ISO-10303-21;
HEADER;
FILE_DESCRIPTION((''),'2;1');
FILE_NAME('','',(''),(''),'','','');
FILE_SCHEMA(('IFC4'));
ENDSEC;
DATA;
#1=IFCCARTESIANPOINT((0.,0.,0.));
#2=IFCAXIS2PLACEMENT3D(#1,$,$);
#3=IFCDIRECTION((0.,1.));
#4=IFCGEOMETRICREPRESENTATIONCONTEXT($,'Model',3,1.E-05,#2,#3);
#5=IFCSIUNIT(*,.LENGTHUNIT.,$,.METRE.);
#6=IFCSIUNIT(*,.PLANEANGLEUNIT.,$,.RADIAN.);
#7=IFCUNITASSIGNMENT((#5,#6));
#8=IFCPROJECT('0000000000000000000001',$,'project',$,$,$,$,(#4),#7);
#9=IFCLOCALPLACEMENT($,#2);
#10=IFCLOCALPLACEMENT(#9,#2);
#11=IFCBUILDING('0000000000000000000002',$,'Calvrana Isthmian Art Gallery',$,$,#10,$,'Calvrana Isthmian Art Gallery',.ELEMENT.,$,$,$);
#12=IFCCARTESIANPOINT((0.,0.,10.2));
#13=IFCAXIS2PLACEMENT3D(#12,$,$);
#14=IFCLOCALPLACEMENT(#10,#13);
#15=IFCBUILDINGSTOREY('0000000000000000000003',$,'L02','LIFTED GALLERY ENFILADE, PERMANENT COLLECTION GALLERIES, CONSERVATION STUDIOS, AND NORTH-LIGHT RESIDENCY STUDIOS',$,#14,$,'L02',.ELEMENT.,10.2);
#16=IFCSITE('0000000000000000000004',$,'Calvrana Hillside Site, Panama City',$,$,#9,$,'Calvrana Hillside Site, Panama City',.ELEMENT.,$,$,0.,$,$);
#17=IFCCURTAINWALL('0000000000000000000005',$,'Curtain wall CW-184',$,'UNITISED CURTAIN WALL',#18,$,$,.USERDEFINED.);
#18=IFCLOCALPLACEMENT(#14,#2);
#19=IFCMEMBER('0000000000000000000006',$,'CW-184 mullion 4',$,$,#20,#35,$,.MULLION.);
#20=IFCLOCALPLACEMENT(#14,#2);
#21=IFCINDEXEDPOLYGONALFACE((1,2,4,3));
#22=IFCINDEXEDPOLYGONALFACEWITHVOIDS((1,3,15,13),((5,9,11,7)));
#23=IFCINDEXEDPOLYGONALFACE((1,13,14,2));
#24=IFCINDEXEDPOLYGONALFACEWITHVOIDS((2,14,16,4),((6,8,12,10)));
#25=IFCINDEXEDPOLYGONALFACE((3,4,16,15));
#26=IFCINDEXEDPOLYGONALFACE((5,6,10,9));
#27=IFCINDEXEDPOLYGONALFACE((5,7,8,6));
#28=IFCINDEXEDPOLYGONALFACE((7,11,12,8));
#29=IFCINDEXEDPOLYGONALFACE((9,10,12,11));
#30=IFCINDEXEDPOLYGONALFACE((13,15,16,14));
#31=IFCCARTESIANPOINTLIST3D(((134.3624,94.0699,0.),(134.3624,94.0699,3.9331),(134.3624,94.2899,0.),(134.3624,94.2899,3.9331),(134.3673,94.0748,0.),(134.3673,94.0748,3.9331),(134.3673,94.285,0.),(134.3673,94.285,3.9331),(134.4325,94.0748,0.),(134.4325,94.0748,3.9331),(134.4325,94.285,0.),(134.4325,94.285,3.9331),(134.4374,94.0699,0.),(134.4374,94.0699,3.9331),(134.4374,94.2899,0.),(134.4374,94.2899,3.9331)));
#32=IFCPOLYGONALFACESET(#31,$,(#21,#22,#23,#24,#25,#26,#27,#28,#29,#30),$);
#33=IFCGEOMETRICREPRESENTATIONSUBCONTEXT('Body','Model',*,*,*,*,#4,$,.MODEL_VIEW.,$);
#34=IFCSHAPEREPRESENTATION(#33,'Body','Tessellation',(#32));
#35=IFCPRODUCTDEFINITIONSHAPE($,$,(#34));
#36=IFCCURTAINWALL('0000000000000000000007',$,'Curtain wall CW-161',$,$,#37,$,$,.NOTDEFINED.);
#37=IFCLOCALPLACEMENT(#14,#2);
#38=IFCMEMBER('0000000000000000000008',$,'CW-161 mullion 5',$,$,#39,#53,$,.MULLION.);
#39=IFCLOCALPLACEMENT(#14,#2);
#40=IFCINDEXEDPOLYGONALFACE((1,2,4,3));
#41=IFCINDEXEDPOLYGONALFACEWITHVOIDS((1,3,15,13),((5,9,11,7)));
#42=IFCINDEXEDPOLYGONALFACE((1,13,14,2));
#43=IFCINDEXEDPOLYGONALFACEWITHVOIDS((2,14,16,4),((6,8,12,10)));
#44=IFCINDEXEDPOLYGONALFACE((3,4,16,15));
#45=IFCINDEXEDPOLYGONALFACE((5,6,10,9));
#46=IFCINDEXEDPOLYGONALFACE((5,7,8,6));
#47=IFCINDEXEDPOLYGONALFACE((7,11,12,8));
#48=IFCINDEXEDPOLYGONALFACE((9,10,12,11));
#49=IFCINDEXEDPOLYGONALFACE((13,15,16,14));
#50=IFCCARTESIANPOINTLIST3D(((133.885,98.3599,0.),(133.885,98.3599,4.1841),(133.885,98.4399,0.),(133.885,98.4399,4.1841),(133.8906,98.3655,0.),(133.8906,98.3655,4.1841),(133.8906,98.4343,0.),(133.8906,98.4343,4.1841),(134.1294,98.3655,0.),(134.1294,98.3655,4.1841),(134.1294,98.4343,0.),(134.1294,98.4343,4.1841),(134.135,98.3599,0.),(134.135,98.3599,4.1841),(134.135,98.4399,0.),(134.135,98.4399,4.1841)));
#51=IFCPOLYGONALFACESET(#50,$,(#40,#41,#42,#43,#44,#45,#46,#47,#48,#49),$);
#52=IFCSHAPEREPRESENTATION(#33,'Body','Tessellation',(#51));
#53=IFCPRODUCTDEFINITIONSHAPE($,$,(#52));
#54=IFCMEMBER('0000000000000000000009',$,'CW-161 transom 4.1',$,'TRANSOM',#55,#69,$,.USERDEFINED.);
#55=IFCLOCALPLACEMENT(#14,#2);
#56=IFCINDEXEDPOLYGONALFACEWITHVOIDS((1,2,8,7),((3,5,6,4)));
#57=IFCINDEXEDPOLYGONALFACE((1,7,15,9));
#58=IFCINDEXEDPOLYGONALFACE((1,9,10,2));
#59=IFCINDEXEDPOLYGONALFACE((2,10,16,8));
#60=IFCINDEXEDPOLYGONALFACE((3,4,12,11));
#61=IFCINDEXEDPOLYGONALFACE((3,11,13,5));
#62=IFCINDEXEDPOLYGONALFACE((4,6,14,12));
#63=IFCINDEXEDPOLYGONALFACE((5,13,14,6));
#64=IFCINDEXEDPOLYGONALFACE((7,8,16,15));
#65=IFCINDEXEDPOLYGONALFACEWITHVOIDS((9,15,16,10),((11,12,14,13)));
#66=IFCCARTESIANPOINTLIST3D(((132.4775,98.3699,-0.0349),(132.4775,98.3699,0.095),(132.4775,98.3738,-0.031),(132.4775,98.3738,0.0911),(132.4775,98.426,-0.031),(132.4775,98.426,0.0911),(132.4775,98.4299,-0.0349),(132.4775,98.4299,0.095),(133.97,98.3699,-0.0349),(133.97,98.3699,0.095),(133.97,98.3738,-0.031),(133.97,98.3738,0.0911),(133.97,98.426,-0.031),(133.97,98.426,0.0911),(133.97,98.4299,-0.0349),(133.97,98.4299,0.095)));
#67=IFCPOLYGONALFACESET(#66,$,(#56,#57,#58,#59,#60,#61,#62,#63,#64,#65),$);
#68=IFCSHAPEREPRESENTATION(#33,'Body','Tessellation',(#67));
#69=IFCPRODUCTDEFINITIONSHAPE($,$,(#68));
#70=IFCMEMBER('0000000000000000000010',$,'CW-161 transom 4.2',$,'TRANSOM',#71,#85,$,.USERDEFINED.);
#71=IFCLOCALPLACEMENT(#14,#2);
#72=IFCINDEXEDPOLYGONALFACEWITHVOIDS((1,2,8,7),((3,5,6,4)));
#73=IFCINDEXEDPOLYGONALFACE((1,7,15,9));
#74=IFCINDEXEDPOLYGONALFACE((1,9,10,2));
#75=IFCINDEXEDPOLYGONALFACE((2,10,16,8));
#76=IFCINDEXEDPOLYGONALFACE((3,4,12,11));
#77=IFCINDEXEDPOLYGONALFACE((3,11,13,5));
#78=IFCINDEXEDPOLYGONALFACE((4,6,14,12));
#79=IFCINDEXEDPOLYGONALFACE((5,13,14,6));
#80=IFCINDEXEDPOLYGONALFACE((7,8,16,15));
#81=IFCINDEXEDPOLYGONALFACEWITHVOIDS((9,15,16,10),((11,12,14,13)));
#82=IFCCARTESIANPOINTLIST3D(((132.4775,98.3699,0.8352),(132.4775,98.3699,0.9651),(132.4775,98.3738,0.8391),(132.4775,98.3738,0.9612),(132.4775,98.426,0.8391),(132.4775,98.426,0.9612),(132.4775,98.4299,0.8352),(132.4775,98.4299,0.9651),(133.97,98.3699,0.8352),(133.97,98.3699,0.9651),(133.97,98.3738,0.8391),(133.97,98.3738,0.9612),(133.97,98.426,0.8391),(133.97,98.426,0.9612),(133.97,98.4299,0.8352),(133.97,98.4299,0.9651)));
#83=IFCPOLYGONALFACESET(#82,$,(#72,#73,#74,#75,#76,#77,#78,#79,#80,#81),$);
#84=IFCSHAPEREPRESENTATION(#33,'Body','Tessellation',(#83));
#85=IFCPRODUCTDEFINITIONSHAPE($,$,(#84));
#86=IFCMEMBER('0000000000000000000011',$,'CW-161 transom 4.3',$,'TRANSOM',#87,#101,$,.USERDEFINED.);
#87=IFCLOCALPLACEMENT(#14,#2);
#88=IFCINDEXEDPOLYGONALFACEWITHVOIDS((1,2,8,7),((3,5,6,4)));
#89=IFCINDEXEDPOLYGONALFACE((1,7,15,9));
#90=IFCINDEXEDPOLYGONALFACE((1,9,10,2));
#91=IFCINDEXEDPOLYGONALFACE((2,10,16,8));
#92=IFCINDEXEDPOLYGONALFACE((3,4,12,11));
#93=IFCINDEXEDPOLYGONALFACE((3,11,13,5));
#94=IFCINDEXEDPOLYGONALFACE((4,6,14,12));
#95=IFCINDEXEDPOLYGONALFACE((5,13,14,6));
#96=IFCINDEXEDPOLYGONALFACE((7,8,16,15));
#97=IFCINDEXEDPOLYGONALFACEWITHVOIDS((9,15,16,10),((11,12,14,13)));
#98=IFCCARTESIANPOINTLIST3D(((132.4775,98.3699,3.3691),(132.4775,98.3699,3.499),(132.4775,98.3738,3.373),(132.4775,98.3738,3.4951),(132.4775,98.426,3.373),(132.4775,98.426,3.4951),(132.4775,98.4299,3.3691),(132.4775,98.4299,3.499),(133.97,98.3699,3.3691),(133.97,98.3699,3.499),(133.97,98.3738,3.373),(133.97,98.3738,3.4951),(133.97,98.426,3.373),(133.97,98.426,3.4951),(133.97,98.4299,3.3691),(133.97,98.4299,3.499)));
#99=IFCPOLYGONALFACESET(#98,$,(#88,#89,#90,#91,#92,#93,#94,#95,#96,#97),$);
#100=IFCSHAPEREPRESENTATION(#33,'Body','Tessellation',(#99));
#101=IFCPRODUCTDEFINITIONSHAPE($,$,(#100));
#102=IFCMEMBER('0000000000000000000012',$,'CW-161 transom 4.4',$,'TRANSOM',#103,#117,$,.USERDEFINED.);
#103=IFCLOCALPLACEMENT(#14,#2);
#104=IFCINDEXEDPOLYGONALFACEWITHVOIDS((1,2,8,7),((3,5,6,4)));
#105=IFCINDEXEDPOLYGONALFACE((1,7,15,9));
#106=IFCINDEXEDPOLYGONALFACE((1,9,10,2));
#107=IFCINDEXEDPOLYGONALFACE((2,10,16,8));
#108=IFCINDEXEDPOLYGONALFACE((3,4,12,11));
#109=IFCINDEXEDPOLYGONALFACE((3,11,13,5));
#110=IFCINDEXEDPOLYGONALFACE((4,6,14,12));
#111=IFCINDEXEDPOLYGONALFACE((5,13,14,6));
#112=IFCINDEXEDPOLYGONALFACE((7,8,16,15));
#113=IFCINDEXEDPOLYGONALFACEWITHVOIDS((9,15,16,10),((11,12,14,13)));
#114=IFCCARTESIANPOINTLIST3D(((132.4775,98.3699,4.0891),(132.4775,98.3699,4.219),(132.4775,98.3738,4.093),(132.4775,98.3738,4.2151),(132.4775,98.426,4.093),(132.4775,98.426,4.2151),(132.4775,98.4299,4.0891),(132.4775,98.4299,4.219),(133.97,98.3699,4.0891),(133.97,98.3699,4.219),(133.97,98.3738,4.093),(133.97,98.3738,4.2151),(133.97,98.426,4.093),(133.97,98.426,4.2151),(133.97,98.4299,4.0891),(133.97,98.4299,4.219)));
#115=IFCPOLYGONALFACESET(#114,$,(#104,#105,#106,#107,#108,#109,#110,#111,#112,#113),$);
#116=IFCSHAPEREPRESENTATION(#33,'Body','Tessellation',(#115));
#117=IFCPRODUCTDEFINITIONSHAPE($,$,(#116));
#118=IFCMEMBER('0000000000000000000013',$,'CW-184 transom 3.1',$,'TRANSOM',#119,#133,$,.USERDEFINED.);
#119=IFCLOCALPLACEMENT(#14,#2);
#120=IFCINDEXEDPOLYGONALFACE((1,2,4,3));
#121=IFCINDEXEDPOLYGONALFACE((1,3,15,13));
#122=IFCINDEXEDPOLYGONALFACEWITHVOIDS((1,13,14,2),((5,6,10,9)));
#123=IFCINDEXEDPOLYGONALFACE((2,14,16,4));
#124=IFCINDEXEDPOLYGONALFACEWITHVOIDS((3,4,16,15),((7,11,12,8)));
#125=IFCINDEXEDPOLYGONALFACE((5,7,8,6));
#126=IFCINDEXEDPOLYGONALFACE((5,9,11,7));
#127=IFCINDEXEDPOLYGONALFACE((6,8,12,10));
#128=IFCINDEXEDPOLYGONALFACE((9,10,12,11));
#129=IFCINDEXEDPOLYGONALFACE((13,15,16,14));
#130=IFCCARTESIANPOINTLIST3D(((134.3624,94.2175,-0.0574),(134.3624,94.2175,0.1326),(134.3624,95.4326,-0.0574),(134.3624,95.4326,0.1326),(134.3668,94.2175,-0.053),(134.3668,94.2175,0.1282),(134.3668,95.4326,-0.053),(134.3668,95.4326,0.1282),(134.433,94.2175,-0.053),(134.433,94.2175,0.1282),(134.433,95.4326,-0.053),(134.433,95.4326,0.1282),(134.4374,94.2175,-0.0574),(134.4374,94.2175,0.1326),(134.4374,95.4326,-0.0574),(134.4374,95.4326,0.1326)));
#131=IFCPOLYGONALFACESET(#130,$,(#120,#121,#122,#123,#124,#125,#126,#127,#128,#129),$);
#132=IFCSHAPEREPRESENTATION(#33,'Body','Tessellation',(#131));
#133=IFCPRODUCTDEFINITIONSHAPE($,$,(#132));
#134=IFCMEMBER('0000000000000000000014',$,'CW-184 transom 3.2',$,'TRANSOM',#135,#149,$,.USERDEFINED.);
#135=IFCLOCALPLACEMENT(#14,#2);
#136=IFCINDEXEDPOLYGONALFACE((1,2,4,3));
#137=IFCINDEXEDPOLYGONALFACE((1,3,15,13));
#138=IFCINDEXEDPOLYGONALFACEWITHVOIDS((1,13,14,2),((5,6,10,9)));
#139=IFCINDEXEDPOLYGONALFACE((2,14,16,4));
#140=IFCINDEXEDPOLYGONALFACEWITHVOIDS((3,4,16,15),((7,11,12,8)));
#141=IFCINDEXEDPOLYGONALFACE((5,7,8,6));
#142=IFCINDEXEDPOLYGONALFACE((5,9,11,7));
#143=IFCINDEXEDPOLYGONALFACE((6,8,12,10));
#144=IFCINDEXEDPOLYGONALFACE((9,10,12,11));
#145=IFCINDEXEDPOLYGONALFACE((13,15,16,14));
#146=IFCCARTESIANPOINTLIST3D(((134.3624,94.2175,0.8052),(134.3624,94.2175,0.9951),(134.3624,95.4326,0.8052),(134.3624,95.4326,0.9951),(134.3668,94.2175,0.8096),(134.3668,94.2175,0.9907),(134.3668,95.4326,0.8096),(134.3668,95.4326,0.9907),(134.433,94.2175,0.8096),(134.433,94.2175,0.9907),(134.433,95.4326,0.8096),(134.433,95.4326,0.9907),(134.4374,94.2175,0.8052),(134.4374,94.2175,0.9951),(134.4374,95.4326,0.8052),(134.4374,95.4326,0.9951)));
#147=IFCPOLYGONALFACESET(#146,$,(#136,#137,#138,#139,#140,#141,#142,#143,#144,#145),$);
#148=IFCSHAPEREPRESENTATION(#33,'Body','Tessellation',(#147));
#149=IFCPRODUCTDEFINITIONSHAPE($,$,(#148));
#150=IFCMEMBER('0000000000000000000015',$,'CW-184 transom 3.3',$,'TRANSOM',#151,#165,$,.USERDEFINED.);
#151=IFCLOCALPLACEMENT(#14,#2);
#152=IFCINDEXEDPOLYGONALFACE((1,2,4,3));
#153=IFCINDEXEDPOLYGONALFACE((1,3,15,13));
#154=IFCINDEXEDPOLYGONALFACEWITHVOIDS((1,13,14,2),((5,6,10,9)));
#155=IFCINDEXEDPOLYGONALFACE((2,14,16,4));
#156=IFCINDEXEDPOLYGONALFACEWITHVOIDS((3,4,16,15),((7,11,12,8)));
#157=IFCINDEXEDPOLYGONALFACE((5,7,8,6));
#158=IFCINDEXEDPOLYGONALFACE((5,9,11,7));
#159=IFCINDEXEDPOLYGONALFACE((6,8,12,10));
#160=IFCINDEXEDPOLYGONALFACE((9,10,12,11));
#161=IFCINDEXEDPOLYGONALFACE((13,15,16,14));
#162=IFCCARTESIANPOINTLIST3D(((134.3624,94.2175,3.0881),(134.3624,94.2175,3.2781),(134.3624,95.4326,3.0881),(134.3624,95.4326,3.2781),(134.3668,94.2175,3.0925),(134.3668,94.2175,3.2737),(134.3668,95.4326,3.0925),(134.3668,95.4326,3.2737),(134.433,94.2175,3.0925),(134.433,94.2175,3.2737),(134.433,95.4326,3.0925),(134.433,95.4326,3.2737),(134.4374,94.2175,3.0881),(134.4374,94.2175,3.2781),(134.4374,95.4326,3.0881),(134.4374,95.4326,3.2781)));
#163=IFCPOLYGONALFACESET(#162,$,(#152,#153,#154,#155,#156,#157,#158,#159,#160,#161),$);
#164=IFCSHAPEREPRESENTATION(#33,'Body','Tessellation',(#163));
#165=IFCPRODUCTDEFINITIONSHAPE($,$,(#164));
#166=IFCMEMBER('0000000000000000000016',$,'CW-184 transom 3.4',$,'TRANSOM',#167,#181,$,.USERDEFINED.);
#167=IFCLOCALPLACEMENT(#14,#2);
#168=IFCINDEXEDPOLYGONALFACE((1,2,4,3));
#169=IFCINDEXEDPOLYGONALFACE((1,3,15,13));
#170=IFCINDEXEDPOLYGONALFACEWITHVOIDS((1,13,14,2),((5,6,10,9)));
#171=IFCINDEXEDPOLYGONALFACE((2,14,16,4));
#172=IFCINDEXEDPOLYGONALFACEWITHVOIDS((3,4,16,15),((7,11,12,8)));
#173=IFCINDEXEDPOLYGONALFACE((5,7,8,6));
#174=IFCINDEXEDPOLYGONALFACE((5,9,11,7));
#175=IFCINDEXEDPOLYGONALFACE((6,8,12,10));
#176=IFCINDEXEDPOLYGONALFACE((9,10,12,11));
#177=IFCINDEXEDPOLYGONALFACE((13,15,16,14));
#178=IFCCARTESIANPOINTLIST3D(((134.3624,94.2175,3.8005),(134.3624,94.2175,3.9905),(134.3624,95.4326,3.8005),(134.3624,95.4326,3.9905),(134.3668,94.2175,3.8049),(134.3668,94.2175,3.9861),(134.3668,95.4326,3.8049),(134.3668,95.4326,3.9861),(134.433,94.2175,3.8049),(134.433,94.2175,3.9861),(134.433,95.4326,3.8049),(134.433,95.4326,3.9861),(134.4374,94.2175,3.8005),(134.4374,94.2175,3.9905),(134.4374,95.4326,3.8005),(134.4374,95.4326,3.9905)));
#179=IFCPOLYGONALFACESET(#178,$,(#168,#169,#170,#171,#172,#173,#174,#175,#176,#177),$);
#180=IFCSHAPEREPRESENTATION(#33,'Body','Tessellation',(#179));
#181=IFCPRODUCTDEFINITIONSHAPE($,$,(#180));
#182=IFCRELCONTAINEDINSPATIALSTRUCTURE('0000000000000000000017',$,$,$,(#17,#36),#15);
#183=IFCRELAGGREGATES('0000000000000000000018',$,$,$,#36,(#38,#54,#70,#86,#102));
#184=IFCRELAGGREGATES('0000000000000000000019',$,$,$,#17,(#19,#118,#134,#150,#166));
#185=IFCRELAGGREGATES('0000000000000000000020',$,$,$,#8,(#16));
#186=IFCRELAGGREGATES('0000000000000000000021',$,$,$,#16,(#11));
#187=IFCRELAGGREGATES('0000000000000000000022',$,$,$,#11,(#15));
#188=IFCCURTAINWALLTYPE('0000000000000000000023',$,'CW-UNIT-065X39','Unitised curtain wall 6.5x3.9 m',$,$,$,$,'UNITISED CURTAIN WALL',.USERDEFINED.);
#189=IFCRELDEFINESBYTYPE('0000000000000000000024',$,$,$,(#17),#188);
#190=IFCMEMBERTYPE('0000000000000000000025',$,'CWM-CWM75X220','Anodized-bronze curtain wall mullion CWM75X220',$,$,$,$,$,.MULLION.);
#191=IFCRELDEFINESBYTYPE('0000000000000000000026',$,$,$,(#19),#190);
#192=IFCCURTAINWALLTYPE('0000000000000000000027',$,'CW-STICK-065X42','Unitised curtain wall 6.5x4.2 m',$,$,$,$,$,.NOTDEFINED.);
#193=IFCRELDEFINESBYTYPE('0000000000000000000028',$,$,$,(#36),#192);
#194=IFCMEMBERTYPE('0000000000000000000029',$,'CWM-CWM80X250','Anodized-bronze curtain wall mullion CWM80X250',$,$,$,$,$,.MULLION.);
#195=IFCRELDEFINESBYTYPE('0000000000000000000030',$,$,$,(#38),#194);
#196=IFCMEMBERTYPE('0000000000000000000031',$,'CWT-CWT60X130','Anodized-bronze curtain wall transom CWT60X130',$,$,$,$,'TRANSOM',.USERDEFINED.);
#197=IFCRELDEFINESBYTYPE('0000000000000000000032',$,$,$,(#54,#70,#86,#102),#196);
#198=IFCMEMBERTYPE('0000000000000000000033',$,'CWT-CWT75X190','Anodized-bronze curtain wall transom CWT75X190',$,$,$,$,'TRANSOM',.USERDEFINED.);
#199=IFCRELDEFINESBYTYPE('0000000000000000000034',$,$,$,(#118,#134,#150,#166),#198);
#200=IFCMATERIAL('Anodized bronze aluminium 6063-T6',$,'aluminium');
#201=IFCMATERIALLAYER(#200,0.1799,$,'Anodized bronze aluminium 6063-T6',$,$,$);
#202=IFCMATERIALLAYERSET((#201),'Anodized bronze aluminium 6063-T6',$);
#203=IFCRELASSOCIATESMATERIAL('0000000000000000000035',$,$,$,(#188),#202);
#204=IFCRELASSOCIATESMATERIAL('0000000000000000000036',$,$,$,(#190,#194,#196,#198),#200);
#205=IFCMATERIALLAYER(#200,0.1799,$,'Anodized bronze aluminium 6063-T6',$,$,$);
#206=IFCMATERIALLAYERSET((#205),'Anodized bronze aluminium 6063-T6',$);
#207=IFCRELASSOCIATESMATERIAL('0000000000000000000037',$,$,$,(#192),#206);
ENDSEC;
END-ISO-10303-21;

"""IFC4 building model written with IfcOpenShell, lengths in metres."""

from ifc_helpers import new_model, si_unit, direction, frame, origin, origin_2d, place, context, subcontext, project, spatial, hollow_rectangle, extrude, material, layer, layer_set, material_profile, profile_set, type_object, element, aggregate, save


model = new_model("IFC4")

# Units and contexts
model_context = context("Model", 3, precision=1e-05, world=origin(), true_north=direction((0.0, 1.0)))
body_context = subcontext(model_context, "Body", "Model", "MODEL_VIEW")
ifc_project = project(units=[si_unit("LENGTHUNIT", "METRE"), si_unit("PLANEANGLEUNIT", "RADIAN")], contexts=[model_context])

# Site, building, storey
site_placement = place(None, origin())
site = spatial("IfcSite", under=ifc_project, at=site_placement, Name="Calvrana Hillside Site, Panama City", LongName="Calvrana Hillside Site, Panama City", CompositionType="ELEMENT", RefElevation=0.0)
building_placement = place(site_placement, origin())
building = spatial("IfcBuilding", under=site, at=building_placement, Name="Calvrana Isthmian Art Gallery", LongName="Calvrana Isthmian Art Gallery", CompositionType="ELEMENT")
storey_placement = place(building_placement, frame((0.0, 0.0, 10.2)))
storey = spatial("IfcBuildingStorey", under=building, at=storey_placement, Name="L02", Description="LIFTED GALLERY ENFILADE, PERMANENT COLLECTION GALLERIES, CONSERVATION STUDIOS, AND NORTH-LIGHT RESIDENCY STUDIOS", LongName="L02", CompositionType="ELEMENT", Elevation=10.2)

# Curtain wall, member
ifc_material_1 = material(Name="Anodized bronze aluminium 6063-T6", Category="aluminium")
ifc_layer_1 = layer(ifc_material_1, 0.1799, Name="Anodized bronze aluminium 6063-T6")
ifc_layer_set_1 = layer_set([ifc_layer_1], Name="Anodized bronze aluminium 6063-T6")
curtain_wall_type_1 = type_object("IfcCurtainWallType", Name="CW-UNIT-065X39", Description="Unitised curtain wall 6.5x3.9 m", ElementType="UNITISED CURTAIN WALL", PredefinedType="USERDEFINED", material=ifc_layer_set_1)
curtain_wall_1_placement = place(storey_placement, origin())
curtain_wall_1 = element("IfcCurtainWall", 1, at=curtain_wall_1_placement, inside=storey, type_object=curtain_wall_type_1, Name="Curtain wall CW-184", ObjectType="UNITISED CURTAIN WALL", PredefinedType="USERDEFINED")
ifc_material_profile_1 = material_profile(ifc_material_1, hollow_rectangle(XDim=0.075, YDim=0.22, WallThickness=0.0049, at=origin_2d()), Name="CWM75X220")
ifc_profile_set_1 = profile_set([ifc_material_profile_1], Name="Anodized bronze aluminium 6063-T6")
member_type_1 = type_object("IfcMemberType", Name="CWM-CWM75X220", Description="Anodized-bronze curtain wall mullion CWM75X220", PredefinedType="MULLION", material=ifc_profile_set_1)
member_1_placement = place(storey_placement, frame((134.3999, 94.1799, 0.0), z_axis=(0.0, 0.0, 1.0), x_axis=(1.0, 0.0, 0.0)))
member_1 = element("IfcMember", 2, at=member_1_placement, type_object=member_type_1, Name="CW-184 mullion 4", PredefinedType="MULLION", context=body_context, shape_type="SweptSolid", body=[
    extrude(hollow_rectangle(XDim=0.075, YDim=0.22, WallThickness=0.0049, at=origin_2d()), origin(), (0.0, 0.0, 1.0), 3.9331),
])

# Curtain wall, members
ifc_layer_2 = layer(ifc_material_1, 0.1799, Name="Anodized bronze aluminium 6063-T6")
ifc_layer_set_2 = layer_set([ifc_layer_2], Name="Anodized bronze aluminium 6063-T6")
curtain_wall_type_2 = type_object("IfcCurtainWallType", Name="CW-STICK-065X42", Description="Unitised curtain wall 6.5x4.2 m", PredefinedType="NOTDEFINED", material=ifc_layer_set_2)
curtain_wall_2_placement = place(storey_placement, origin())
curtain_wall_2 = element("IfcCurtainWall", 3, at=curtain_wall_2_placement, inside=storey, type_object=curtain_wall_type_2, Name="Curtain wall CW-161", PredefinedType="NOTDEFINED")
ifc_material_profile_2 = material_profile(ifc_material_1, hollow_rectangle(XDim=0.0801, YDim=0.25, WallThickness=0.0056, at=origin_2d()), Name="CWM80X250")
ifc_profile_set_2 = profile_set([ifc_material_profile_2], Name="Anodized bronze aluminium 6063-T6")
member_type_2 = type_object("IfcMemberType", Name="CWM-CWM80X250", Description="Anodized-bronze curtain wall mullion CWM80X250", PredefinedType="MULLION", material=ifc_profile_set_2)
member_2_placement = place(storey_placement, frame((134.01, 98.3999, 0.0), z_axis=(0.0, 0.0, 1.0), x_axis=(0.0, 1.0, 0.0)))
member_2 = element("IfcMember", 4, at=member_2_placement, type_object=member_type_2, Name="CW-161 mullion 5", PredefinedType="MULLION", context=body_context, shape_type="SweptSolid", body=[
    extrude(hollow_rectangle(XDim=0.0801, YDim=0.25, WallThickness=0.0056, at=origin_2d()), origin(), (0.0, 0.0, 1.0), 4.1841),
])
ifc_material_profile_3 = material_profile(ifc_material_1, hollow_rectangle(XDim=0.0601, YDim=0.1299, WallThickness=0.0039, at=origin_2d()), Name="CWT60X130")
ifc_profile_set_3 = profile_set([ifc_material_profile_3], Name="Anodized bronze aluminium 6063-T6")
member_type_3 = type_object("IfcMemberType", Name="CWT-CWT60X130", Description="Anodized-bronze curtain wall transom CWT60X130", ElementType="TRANSOM", PredefinedType="USERDEFINED", material=ifc_profile_set_3)
member_3_placement = place(storey_placement, frame((132.4775, 98.3999, 0.03), z_axis=(1.0, 0.0, 0.0), x_axis=(0.0, 1.0, 0.0)))
member_3 = element("IfcMember", 5, at=member_3_placement, type_object=member_type_3, Name="CW-161 transom 4.1", ObjectType="TRANSOM", PredefinedType="USERDEFINED", context=body_context, shape_type="SweptSolid", body=[
    extrude(hollow_rectangle(XDim=0.0601, YDim=0.1299, WallThickness=0.0039, at=origin_2d()), origin(), (0.0, 0.0, 1.0), 1.4924),
])
member_4_placement = place(storey_placement, frame((132.4775, 98.3999, 0.9001), z_axis=(1.0, 0.0, 0.0), x_axis=(0.0, 1.0, 0.0)))
member_4 = element("IfcMember", 6, at=member_4_placement, type_object=member_type_3, Name="CW-161 transom 4.2", ObjectType="TRANSOM", PredefinedType="USERDEFINED", context=body_context, shape_type="SweptSolid", body=[
    extrude(hollow_rectangle(XDim=0.0601, YDim=0.1299, WallThickness=0.0039, at=origin_2d()), origin(), (0.0, 0.0, 1.0), 1.4924),
])
member_5_placement = place(storey_placement, frame((132.4775, 98.3999, 3.4341), z_axis=(1.0, 0.0, 0.0), x_axis=(0.0, 1.0, 0.0)))
member_5 = element("IfcMember", 7, at=member_5_placement, type_object=member_type_3, Name="CW-161 transom 4.3", ObjectType="TRANSOM", PredefinedType="USERDEFINED", context=body_context, shape_type="SweptSolid", body=[
    extrude(hollow_rectangle(XDim=0.0601, YDim=0.1299, WallThickness=0.0039, at=origin_2d()), origin(), (0.0, 0.0, 1.0), 1.4924),
])
member_6_placement = place(storey_placement, frame((132.4775, 98.3999, 4.1541), z_axis=(1.0, 0.0, 0.0), x_axis=(0.0, 1.0, 0.0)))
member_6 = element("IfcMember", 8, at=member_6_placement, type_object=member_type_3, Name="CW-161 transom 4.4", ObjectType="TRANSOM", PredefinedType="USERDEFINED", context=body_context, shape_type="SweptSolid", body=[
    extrude(hollow_rectangle(XDim=0.0601, YDim=0.1299, WallThickness=0.0039, at=origin_2d()), origin(), (0.0, 0.0, 1.0), 1.4924),
])

# Members
ifc_material_profile_4 = material_profile(ifc_material_1, hollow_rectangle(XDim=0.075, YDim=0.1899, WallThickness=0.0044, at=origin_2d()), Name="CWT75X190")
ifc_profile_set_4 = profile_set([ifc_material_profile_4], Name="Anodized bronze aluminium 6063-T6")
member_type_4 = type_object("IfcMemberType", Name="CWT-CWT75X190", Description="Anodized-bronze curtain wall transom CWT75X190", ElementType="TRANSOM", PredefinedType="USERDEFINED", material=ifc_profile_set_4)
member_7_placement = place(storey_placement, frame((134.3999, 95.4326, 0.0376), z_axis=(0.0, -1.0, 0.0), x_axis=(1.0, 0.0, 0.0)))
member_7 = element("IfcMember", 9, at=member_7_placement, type_object=member_type_4, Name="CW-184 transom 3.1", ObjectType="TRANSOM", PredefinedType="USERDEFINED", context=body_context, shape_type="SweptSolid", body=[
    extrude(hollow_rectangle(XDim=0.075, YDim=0.1899, WallThickness=0.0044, at=origin_2d()), origin(), (0.0, 0.0, 1.0), 1.2151),
])
member_8_placement = place(storey_placement, frame((134.3999, 95.4326, 0.9001), z_axis=(0.0, -1.0, 0.0), x_axis=(1.0, 0.0, 0.0)))
member_8 = element("IfcMember", 10, at=member_8_placement, type_object=member_type_4, Name="CW-184 transom 3.2", ObjectType="TRANSOM", PredefinedType="USERDEFINED", context=body_context, shape_type="SweptSolid", body=[
    extrude(hollow_rectangle(XDim=0.075, YDim=0.1899, WallThickness=0.0044, at=origin_2d()), origin(), (0.0, 0.0, 1.0), 1.2151),
])
member_9_placement = place(storey_placement, frame((134.3999, 95.4326, 3.1831), z_axis=(0.0, -1.0, 0.0), x_axis=(1.0, 0.0, 0.0)))
member_9 = element("IfcMember", 11, at=member_9_placement, type_object=member_type_4, Name="CW-184 transom 3.3", ObjectType="TRANSOM", PredefinedType="USERDEFINED", context=body_context, shape_type="SweptSolid", body=[
    extrude(hollow_rectangle(XDim=0.075, YDim=0.1899, WallThickness=0.0044, at=origin_2d()), origin(), (0.0, 0.0, 1.0), 1.2151),
])
member_10_placement = place(storey_placement, frame((134.3999, 95.4326, 3.8955), z_axis=(0.0, -1.0, 0.0), x_axis=(1.0, 0.0, 0.0)))
member_10 = element("IfcMember", 12, at=member_10_placement, type_object=member_type_4, Name="CW-184 transom 3.4", ObjectType="TRANSOM", PredefinedType="USERDEFINED", context=body_context, shape_type="SweptSolid", body=[
    extrude(hollow_rectangle(XDim=0.075, YDim=0.1899, WallThickness=0.0044, at=origin_2d()), origin(), (0.0, 0.0, 1.0), 1.2151),
])

aggregate(curtain_wall_2, [member_2, member_3, member_4, member_5, member_6])
aggregate(curtain_wall_1, [member_1, member_7, member_8, member_9, member_10])

save(model, "model.ifc")
